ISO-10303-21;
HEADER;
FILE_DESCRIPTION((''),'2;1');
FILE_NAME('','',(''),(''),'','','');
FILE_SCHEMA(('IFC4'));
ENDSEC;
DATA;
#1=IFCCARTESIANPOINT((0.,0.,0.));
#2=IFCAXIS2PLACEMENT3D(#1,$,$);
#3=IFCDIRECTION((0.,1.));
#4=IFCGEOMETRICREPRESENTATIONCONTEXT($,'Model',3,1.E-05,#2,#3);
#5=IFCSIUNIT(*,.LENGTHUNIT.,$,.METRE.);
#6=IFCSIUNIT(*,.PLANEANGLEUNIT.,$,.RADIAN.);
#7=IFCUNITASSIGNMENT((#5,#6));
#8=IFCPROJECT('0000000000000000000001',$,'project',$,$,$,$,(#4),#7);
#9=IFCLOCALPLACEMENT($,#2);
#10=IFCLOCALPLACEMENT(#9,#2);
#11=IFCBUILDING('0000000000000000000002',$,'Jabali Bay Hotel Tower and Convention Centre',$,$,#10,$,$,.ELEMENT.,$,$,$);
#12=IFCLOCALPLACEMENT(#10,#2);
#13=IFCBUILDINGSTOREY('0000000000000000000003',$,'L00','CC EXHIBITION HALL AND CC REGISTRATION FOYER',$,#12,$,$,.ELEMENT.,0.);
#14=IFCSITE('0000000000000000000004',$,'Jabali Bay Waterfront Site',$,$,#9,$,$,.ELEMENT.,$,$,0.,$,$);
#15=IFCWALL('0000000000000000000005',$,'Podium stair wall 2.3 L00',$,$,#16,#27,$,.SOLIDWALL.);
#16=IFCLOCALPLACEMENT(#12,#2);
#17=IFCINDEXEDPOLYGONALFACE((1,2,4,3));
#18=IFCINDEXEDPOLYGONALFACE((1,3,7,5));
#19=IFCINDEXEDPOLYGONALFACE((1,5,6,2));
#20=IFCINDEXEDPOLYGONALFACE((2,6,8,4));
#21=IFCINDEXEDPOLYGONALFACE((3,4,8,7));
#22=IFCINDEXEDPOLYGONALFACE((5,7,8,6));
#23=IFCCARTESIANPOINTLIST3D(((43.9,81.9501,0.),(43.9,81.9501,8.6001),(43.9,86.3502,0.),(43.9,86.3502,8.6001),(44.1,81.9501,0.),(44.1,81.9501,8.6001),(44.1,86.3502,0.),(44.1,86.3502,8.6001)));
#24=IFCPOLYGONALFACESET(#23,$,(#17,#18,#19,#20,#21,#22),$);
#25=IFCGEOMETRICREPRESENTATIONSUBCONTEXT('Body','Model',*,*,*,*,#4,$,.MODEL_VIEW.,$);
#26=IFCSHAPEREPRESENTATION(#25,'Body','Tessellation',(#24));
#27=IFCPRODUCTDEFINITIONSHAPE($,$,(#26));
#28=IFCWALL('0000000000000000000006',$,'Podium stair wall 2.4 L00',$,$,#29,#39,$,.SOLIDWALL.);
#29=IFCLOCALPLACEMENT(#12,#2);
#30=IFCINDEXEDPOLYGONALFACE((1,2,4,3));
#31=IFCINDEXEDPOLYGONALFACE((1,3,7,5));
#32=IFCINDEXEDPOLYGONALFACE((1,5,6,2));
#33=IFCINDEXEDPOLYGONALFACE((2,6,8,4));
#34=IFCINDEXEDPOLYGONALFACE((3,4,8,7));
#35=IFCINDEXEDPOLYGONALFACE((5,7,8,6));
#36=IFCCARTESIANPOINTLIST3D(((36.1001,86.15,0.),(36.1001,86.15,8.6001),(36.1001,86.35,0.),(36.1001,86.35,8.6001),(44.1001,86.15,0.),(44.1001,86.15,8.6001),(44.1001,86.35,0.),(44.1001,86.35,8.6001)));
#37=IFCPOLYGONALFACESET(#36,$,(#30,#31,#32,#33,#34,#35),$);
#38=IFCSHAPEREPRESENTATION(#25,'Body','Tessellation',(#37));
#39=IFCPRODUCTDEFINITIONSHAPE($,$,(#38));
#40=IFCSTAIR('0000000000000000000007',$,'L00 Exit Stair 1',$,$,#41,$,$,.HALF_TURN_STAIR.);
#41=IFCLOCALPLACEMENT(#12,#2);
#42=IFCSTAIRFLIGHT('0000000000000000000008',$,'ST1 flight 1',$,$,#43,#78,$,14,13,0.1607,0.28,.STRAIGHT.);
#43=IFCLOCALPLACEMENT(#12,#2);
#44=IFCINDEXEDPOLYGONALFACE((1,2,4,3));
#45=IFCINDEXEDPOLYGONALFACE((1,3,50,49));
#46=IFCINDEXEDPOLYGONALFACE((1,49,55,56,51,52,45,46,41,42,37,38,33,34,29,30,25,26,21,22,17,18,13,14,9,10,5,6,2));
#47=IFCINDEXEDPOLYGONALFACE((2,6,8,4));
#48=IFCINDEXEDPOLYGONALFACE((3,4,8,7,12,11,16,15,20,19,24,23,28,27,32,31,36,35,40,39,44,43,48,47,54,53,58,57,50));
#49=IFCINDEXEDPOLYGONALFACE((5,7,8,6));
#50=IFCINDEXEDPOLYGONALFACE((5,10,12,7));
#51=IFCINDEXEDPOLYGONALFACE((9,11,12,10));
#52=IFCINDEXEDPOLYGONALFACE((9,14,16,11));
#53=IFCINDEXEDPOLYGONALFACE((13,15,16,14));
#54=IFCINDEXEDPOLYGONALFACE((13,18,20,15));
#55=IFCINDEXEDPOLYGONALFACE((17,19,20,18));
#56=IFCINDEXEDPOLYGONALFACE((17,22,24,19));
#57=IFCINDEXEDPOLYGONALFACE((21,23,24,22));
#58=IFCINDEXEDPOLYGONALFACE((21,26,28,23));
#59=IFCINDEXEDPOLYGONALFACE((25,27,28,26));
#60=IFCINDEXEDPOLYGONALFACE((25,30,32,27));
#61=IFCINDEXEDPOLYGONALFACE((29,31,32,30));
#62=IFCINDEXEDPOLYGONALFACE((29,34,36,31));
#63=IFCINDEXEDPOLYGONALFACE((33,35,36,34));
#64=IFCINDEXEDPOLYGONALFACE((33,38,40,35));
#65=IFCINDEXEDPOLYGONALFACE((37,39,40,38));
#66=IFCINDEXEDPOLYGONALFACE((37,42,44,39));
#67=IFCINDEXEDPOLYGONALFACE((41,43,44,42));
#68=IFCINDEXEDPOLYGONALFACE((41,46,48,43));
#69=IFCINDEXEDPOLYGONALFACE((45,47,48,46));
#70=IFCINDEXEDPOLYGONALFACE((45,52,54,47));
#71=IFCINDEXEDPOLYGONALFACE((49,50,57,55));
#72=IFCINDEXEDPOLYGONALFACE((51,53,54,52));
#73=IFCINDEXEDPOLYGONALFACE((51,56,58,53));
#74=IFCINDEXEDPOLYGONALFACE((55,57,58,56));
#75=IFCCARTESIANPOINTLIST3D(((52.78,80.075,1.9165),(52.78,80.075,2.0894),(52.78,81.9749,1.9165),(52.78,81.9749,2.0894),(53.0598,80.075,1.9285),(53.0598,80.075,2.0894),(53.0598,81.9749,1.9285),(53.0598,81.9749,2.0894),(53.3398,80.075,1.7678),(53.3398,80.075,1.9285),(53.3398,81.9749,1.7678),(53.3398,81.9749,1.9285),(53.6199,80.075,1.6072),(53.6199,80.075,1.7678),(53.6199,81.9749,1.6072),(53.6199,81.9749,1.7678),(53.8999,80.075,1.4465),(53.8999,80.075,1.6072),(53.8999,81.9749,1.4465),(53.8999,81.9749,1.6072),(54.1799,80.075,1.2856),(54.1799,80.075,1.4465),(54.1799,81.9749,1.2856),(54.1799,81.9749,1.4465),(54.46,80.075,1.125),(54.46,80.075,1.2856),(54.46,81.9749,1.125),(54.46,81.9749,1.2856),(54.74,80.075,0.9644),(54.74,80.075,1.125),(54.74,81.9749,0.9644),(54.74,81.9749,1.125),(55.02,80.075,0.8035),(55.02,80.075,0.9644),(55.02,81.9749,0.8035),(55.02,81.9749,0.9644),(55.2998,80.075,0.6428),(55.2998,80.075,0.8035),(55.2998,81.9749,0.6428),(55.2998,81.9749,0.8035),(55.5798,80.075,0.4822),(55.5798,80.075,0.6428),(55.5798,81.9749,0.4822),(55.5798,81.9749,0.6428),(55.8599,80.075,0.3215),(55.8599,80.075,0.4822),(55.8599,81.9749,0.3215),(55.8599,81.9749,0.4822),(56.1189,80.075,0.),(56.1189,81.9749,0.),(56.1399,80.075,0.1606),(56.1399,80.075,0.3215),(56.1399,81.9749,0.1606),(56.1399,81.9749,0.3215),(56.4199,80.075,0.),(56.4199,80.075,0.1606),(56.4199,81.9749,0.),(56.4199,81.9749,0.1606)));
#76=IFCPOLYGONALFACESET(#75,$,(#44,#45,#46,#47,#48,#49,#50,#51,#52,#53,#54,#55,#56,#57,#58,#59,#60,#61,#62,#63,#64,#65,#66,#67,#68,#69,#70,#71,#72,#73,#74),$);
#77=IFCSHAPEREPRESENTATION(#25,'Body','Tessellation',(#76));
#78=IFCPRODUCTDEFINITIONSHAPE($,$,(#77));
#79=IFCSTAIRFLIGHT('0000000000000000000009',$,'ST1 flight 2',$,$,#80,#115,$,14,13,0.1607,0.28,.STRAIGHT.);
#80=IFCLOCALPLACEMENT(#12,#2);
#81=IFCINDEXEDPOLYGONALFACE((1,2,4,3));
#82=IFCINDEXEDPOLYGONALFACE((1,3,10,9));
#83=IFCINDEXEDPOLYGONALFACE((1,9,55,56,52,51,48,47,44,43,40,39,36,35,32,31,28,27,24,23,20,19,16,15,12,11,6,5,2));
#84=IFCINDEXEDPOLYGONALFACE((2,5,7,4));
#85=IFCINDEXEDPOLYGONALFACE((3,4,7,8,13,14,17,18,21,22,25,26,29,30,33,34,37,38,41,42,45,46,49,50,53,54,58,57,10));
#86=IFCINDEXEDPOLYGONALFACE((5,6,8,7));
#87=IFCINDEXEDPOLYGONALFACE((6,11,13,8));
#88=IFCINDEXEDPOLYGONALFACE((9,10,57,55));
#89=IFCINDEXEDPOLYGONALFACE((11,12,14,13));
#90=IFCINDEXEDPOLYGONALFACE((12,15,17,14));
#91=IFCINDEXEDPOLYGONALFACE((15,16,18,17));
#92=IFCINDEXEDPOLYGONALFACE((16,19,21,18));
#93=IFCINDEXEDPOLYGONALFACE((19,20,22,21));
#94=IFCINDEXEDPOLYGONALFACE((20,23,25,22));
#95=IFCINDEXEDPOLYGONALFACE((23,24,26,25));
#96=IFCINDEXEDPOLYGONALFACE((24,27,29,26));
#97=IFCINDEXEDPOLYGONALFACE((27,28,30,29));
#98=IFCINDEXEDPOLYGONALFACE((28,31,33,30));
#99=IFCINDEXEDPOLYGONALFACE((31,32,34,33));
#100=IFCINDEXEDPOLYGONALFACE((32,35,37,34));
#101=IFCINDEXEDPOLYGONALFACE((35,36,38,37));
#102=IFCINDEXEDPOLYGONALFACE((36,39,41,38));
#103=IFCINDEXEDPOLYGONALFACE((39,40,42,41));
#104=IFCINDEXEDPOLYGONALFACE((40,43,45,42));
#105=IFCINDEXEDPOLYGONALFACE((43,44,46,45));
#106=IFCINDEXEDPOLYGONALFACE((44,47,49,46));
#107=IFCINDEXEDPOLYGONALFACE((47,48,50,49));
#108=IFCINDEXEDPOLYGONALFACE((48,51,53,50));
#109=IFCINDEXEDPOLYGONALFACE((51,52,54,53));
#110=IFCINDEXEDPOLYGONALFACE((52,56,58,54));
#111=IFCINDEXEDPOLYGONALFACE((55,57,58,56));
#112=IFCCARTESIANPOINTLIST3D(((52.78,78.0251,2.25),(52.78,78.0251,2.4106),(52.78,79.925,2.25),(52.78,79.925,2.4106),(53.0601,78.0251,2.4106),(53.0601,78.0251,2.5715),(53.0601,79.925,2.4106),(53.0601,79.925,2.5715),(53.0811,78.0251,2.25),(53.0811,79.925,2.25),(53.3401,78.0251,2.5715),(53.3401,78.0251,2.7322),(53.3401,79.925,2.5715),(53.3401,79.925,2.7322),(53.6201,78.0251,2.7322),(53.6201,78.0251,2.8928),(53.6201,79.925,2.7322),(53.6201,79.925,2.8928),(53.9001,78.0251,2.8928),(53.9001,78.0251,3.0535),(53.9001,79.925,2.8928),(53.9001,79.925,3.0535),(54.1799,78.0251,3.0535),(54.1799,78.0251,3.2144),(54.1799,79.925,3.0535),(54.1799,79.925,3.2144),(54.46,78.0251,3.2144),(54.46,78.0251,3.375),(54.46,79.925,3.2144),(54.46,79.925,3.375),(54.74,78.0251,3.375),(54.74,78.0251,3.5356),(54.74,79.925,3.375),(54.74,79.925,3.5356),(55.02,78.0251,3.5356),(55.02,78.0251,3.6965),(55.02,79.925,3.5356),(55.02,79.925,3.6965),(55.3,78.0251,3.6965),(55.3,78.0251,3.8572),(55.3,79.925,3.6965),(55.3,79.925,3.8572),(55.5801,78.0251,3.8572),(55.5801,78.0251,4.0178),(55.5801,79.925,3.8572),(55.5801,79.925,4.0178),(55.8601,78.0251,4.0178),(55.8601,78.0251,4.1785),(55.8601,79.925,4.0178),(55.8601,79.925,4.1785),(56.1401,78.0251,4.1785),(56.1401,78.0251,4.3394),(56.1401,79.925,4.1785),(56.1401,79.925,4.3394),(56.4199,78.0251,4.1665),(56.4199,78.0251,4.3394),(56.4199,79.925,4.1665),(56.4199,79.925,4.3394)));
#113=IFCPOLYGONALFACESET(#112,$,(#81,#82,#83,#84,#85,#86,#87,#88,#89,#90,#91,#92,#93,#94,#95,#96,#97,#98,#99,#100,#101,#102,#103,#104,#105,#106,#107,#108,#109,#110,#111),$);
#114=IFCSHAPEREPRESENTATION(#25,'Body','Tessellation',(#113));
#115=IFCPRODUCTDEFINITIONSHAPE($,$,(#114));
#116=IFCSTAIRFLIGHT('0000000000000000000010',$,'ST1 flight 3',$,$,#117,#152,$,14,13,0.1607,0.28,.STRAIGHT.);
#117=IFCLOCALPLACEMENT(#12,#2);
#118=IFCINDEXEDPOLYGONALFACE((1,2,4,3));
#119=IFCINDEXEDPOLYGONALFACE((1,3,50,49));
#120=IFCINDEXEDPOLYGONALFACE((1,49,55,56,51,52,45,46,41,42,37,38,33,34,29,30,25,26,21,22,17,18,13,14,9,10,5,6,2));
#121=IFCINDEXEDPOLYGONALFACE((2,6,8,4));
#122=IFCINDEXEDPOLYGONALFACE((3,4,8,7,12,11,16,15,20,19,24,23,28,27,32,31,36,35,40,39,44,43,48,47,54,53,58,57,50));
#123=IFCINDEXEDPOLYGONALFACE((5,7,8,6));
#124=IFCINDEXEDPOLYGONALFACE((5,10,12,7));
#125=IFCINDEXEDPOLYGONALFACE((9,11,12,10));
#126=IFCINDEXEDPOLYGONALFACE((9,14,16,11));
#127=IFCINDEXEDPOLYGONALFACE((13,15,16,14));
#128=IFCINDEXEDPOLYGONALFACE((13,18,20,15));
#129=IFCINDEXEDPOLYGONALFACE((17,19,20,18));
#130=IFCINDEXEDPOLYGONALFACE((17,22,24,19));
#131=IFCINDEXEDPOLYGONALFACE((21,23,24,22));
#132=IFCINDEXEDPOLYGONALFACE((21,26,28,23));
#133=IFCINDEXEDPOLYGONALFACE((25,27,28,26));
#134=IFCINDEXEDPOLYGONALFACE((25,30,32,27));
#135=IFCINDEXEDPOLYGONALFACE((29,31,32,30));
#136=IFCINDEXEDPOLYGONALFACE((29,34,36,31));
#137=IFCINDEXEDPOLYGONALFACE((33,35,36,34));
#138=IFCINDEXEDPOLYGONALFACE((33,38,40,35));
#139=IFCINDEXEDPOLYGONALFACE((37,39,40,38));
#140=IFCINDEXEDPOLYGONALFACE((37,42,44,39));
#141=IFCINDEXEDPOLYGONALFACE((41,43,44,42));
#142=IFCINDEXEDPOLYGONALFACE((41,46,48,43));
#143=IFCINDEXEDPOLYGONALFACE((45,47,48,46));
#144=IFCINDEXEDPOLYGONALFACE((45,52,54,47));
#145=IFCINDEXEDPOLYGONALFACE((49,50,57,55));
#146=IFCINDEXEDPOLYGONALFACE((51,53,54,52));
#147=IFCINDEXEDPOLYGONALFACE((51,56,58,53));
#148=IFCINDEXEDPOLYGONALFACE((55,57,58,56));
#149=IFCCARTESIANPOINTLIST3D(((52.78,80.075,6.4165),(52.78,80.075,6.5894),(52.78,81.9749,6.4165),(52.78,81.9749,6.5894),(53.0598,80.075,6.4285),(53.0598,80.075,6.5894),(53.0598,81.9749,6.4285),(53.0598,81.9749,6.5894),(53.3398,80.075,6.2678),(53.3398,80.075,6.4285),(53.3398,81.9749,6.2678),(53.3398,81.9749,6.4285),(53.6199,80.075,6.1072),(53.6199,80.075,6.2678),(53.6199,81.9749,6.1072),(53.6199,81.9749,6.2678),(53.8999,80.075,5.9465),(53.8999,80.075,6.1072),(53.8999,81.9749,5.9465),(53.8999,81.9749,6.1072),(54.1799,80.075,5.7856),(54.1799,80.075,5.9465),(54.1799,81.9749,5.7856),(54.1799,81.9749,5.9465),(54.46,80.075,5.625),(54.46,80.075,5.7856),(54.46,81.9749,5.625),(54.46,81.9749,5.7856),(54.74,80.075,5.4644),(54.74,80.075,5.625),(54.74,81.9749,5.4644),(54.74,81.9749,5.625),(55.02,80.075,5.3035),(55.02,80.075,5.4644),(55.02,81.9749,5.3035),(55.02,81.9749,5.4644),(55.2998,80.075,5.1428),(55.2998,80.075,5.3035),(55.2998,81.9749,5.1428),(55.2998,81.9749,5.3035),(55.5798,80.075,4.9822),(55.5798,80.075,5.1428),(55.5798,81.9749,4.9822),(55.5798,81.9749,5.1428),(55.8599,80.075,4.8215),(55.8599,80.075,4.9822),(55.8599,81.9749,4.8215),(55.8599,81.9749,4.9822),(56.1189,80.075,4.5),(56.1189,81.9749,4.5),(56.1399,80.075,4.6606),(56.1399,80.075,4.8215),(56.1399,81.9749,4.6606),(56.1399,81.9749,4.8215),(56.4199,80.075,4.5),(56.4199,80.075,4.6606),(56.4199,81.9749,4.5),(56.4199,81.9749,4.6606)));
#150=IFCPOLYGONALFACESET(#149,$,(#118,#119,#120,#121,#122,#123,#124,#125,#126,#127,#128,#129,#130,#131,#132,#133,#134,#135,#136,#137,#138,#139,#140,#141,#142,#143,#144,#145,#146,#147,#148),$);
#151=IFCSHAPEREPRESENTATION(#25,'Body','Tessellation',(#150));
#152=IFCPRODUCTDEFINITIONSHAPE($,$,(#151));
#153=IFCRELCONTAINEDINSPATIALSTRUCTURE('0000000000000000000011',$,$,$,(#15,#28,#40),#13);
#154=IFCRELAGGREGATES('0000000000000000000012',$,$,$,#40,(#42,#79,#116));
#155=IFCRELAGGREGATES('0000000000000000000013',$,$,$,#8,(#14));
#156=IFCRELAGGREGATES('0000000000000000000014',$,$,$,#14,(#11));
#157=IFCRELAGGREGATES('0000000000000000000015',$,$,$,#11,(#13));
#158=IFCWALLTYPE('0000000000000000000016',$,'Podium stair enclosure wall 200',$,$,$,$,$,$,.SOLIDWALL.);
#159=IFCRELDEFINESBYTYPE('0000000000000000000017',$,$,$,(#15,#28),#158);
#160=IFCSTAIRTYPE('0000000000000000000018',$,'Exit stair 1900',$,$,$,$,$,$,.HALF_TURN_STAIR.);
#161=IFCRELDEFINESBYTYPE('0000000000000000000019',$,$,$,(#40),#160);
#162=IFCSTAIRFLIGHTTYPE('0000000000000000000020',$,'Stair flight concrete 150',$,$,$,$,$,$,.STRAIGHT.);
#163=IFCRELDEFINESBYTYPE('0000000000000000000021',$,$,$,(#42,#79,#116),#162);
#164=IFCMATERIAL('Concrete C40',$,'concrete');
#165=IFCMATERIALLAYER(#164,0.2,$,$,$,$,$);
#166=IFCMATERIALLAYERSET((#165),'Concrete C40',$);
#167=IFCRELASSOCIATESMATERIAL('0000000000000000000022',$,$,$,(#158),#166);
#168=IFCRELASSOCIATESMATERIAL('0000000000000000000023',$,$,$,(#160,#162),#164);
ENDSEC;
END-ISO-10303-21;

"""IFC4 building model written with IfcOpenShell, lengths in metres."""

from ifc_helpers import new_model, si_unit, direction, frame, frame_2d, origin, place, context, subcontext, project, spatial, polyline, rectangle, outline, extrude, material, layer, layer_set, type_object, element, aggregate, save


model = new_model("IFC4")

# Units and contexts
model_context = context("Model", 3, precision=1e-05, world=origin(), true_north=direction((0.0, 1.0)))
body_context = subcontext(model_context, "Body", "Model", "MODEL_VIEW")
ifc_project = project(units=[si_unit("LENGTHUNIT", "METRE"), si_unit("PLANEANGLEUNIT", "RADIAN")], contexts=[model_context])

# Site, building, storey
site_placement = place(None, origin())
site = spatial("IfcSite", under=ifc_project, at=site_placement, Name="Jabali Bay Waterfront Site", CompositionType="ELEMENT", RefElevation=0.0)
building_placement = place(site_placement, origin())
building = spatial("IfcBuilding", under=site, at=building_placement, Name="Jabali Bay Hotel Tower and Convention Centre", CompositionType="ELEMENT")
storey_placement = place(building_placement, origin())
storey = spatial("IfcBuildingStorey", under=building, at=storey_placement, Name="L00", Description="CC EXHIBITION HALL AND CC REGISTRATION FOYER", CompositionType="ELEMENT", Elevation=0.0)

# Shared definitions
ifc_material_1 = material(Name="Concrete C40", Category="concrete")

# Walls
ifc_layer_1 = layer(ifc_material_1, 0.2)
ifc_layer_set_1 = layer_set([ifc_layer_1], Name="Concrete C40")
wall_type_1 = type_object("IfcWallType", Name="Podium stair enclosure wall 200", PredefinedType="SOLIDWALL", material=ifc_layer_set_1)
wall_1_placement = place(storey_placement, frame((44.0, 81.95, 0.0), z_axis=(0.0, 0.0, 1.0), x_axis=(0.0, 1.0, 0.0)))
element("IfcWall", 1, at=wall_1_placement, inside=storey, type_object=wall_type_1, Name="Podium stair wall 2.3 L00", PredefinedType="SOLIDWALL", context=body_context, shape_type="SweptSolid", body=[
    extrude(rectangle(XDim=4.4001, YDim=0.2, at=frame_2d((2.2002, 0.0))), origin(), (0.0, 0.0, 1.0), 8.6001),
])
wall_2_placement = place(storey_placement, frame((44.1001, 86.25, 0.0), z_axis=(0.0, 0.0, 1.0), x_axis=(-1.0, 0.0, 0.0)))
element("IfcWall", 2, at=wall_2_placement, inside=storey, type_object=wall_type_1, Name="Podium stair wall 2.4 L00", PredefinedType="SOLIDWALL", context=body_context, shape_type="SweptSolid", body=[
    extrude(rectangle(XDim=8.0, YDim=0.2, at=frame_2d((4.0, 0.0))), origin(), (0.0, 0.0, 1.0), 8.6001),
])

# Stair, stair flights
stair_type = type_object("IfcStairType", Name="Exit stair 1900", PredefinedType="HALF_TURN_STAIR", material=ifc_material_1)
stair_placement = place(storey_placement, origin())
stair = element("IfcStair", 3, at=stair_placement, inside=storey, type_object=stair_type, Name="L00 Exit Stair 1", PredefinedType="HALF_TURN_STAIR")
stair_flight_type = type_object("IfcStairFlightType", Name="Stair flight concrete 150", PredefinedType="STRAIGHT", material=ifc_material_1)
stair_flight_1_placement = place(storey_placement, frame((56.4199, 81.0249, 0.0), z_axis=(0.0, 0.0, 1.0), x_axis=(-1.0, 0.0, 0.0)))
stair_flight_1 = element("IfcStairFlight", 4, at=stair_flight_1_placement, type_object=stair_flight_type, Name="ST1 flight 1", NumberOfRisers=14, NumberOfTreads=13, PredefinedType="STRAIGHT", RiserHeight=0.1607, TreadLength=0.28, context=body_context, shape_type="SweptSolid", body=[
    extrude(outline(polyline([(0.0, 0.0), (0.0, 0.1606), (0.28, 0.1606), (0.28, 0.3215), (0.5601, 0.3215), (0.5601, 0.4822), (0.8401, 0.4822), (0.8401, 0.6428), (1.1201, 0.6428), (1.1201, 0.8035), (1.3999, 0.8035), (1.3999, 0.9644), (1.6799, 0.9644), (1.6799, 1.125), (1.96, 1.125), (1.96, 1.2856), (2.24, 1.2856), (2.24, 1.4465), (2.52, 1.4465), (2.52, 1.6072), (2.8, 1.6072), (2.8, 1.7678), (3.0801, 1.7678), (3.0801, 1.9285), (3.3601, 1.9285), (3.3601, 2.0894), (3.6399, 2.0894), (3.6399, 2.25), (3.6399, 1.9165), (0.301, 0.0), (0.0, 0.0)])), frame((0.0, 0.95, 0.0), z_axis=(0.0, -1.0, 0.0), x_axis=(1.0, 0.0, 0.0)), (0.0, 0.0, 1.0), 1.8999),
])
stair_flight_2_placement = place(storey_placement, frame((52.78, 78.9751, 2.25), z_axis=(0.0, 0.0, 1.0), x_axis=(1.0, 0.0, 0.0)))
stair_flight_2 = element("IfcStairFlight", 5, at=stair_flight_2_placement, type_object=stair_flight_type, Name="ST1 flight 2", NumberOfRisers=14, NumberOfTreads=13, PredefinedType="STRAIGHT", RiserHeight=0.1607, TreadLength=0.28, context=body_context, shape_type="SweptSolid", body=[
    extrude(outline(polyline([(0.0, 0.0), (0.0, 0.1606), (0.28, 0.1606), (0.28, 0.3215), (0.5601, 0.3215), (0.5601, 0.4822), (0.8401, 0.4822), (0.8401, 0.6428), (1.1201, 0.6428), (1.1201, 0.8035), (1.3999, 0.8035), (1.3999, 0.9644), (1.6799, 0.9644), (1.6799, 1.125), (1.96, 1.125), (1.96, 1.2856), (2.24, 1.2856), (2.24, 1.4465), (2.52, 1.4465), (2.52, 1.6072), (2.8, 1.6072), (2.8, 1.7678), (3.0801, 1.7678), (3.0801, 1.9285), (3.3601, 1.9285), (3.3601, 2.0894), (3.6399, 2.0894), (3.6399, 2.25), (3.6399, 1.9165), (0.301, 0.0), (0.0, 0.0)])), frame((0.0, 0.95, 0.0), z_axis=(0.0, -1.0, 0.0), x_axis=(1.0, 0.0, 0.0)), (0.0, 0.0, 1.0), 1.8999),
])
stair_flight_3_placement = place(storey_placement, frame((56.4199, 81.0249, 4.5), z_axis=(0.0, 0.0, 1.0), x_axis=(-1.0, 0.0, 0.0)))
stair_flight_3 = element("IfcStairFlight", 6, at=stair_flight_3_placement, type_object=stair_flight_type, Name="ST1 flight 3", NumberOfRisers=14, NumberOfTreads=13, PredefinedType="STRAIGHT", RiserHeight=0.1607, TreadLength=0.28, context=body_context, shape_type="SweptSolid", body=[
    extrude(outline(polyline([(0.0, 0.0), (0.0, 0.1606), (0.28, 0.1606), (0.28, 0.3215), (0.5601, 0.3215), (0.5601, 0.4822), (0.8401, 0.4822), (0.8401, 0.6428), (1.1201, 0.6428), (1.1201, 0.8035), (1.3999, 0.8035), (1.3999, 0.9644), (1.6799, 0.9644), (1.6799, 1.125), (1.96, 1.125), (1.96, 1.2856), (2.24, 1.2856), (2.24, 1.4465), (2.52, 1.4465), (2.52, 1.6072), (2.8, 1.6072), (2.8, 1.7678), (3.0801, 1.7678), (3.0801, 1.9285), (3.3601, 1.9285), (3.3601, 2.0894), (3.6399, 2.0894), (3.6399, 2.25), (3.6399, 1.9165), (0.301, 0.0), (0.0, 0.0)])), frame((0.0, 0.95, 0.0), z_axis=(0.0, -1.0, 0.0), x_axis=(1.0, 0.0, 0.0)), (0.0, 0.0, 1.0), 1.8999),
])
aggregate(stair, [stair_flight_1, stair_flight_2, stair_flight_3])

save(model, "model.ifc")
